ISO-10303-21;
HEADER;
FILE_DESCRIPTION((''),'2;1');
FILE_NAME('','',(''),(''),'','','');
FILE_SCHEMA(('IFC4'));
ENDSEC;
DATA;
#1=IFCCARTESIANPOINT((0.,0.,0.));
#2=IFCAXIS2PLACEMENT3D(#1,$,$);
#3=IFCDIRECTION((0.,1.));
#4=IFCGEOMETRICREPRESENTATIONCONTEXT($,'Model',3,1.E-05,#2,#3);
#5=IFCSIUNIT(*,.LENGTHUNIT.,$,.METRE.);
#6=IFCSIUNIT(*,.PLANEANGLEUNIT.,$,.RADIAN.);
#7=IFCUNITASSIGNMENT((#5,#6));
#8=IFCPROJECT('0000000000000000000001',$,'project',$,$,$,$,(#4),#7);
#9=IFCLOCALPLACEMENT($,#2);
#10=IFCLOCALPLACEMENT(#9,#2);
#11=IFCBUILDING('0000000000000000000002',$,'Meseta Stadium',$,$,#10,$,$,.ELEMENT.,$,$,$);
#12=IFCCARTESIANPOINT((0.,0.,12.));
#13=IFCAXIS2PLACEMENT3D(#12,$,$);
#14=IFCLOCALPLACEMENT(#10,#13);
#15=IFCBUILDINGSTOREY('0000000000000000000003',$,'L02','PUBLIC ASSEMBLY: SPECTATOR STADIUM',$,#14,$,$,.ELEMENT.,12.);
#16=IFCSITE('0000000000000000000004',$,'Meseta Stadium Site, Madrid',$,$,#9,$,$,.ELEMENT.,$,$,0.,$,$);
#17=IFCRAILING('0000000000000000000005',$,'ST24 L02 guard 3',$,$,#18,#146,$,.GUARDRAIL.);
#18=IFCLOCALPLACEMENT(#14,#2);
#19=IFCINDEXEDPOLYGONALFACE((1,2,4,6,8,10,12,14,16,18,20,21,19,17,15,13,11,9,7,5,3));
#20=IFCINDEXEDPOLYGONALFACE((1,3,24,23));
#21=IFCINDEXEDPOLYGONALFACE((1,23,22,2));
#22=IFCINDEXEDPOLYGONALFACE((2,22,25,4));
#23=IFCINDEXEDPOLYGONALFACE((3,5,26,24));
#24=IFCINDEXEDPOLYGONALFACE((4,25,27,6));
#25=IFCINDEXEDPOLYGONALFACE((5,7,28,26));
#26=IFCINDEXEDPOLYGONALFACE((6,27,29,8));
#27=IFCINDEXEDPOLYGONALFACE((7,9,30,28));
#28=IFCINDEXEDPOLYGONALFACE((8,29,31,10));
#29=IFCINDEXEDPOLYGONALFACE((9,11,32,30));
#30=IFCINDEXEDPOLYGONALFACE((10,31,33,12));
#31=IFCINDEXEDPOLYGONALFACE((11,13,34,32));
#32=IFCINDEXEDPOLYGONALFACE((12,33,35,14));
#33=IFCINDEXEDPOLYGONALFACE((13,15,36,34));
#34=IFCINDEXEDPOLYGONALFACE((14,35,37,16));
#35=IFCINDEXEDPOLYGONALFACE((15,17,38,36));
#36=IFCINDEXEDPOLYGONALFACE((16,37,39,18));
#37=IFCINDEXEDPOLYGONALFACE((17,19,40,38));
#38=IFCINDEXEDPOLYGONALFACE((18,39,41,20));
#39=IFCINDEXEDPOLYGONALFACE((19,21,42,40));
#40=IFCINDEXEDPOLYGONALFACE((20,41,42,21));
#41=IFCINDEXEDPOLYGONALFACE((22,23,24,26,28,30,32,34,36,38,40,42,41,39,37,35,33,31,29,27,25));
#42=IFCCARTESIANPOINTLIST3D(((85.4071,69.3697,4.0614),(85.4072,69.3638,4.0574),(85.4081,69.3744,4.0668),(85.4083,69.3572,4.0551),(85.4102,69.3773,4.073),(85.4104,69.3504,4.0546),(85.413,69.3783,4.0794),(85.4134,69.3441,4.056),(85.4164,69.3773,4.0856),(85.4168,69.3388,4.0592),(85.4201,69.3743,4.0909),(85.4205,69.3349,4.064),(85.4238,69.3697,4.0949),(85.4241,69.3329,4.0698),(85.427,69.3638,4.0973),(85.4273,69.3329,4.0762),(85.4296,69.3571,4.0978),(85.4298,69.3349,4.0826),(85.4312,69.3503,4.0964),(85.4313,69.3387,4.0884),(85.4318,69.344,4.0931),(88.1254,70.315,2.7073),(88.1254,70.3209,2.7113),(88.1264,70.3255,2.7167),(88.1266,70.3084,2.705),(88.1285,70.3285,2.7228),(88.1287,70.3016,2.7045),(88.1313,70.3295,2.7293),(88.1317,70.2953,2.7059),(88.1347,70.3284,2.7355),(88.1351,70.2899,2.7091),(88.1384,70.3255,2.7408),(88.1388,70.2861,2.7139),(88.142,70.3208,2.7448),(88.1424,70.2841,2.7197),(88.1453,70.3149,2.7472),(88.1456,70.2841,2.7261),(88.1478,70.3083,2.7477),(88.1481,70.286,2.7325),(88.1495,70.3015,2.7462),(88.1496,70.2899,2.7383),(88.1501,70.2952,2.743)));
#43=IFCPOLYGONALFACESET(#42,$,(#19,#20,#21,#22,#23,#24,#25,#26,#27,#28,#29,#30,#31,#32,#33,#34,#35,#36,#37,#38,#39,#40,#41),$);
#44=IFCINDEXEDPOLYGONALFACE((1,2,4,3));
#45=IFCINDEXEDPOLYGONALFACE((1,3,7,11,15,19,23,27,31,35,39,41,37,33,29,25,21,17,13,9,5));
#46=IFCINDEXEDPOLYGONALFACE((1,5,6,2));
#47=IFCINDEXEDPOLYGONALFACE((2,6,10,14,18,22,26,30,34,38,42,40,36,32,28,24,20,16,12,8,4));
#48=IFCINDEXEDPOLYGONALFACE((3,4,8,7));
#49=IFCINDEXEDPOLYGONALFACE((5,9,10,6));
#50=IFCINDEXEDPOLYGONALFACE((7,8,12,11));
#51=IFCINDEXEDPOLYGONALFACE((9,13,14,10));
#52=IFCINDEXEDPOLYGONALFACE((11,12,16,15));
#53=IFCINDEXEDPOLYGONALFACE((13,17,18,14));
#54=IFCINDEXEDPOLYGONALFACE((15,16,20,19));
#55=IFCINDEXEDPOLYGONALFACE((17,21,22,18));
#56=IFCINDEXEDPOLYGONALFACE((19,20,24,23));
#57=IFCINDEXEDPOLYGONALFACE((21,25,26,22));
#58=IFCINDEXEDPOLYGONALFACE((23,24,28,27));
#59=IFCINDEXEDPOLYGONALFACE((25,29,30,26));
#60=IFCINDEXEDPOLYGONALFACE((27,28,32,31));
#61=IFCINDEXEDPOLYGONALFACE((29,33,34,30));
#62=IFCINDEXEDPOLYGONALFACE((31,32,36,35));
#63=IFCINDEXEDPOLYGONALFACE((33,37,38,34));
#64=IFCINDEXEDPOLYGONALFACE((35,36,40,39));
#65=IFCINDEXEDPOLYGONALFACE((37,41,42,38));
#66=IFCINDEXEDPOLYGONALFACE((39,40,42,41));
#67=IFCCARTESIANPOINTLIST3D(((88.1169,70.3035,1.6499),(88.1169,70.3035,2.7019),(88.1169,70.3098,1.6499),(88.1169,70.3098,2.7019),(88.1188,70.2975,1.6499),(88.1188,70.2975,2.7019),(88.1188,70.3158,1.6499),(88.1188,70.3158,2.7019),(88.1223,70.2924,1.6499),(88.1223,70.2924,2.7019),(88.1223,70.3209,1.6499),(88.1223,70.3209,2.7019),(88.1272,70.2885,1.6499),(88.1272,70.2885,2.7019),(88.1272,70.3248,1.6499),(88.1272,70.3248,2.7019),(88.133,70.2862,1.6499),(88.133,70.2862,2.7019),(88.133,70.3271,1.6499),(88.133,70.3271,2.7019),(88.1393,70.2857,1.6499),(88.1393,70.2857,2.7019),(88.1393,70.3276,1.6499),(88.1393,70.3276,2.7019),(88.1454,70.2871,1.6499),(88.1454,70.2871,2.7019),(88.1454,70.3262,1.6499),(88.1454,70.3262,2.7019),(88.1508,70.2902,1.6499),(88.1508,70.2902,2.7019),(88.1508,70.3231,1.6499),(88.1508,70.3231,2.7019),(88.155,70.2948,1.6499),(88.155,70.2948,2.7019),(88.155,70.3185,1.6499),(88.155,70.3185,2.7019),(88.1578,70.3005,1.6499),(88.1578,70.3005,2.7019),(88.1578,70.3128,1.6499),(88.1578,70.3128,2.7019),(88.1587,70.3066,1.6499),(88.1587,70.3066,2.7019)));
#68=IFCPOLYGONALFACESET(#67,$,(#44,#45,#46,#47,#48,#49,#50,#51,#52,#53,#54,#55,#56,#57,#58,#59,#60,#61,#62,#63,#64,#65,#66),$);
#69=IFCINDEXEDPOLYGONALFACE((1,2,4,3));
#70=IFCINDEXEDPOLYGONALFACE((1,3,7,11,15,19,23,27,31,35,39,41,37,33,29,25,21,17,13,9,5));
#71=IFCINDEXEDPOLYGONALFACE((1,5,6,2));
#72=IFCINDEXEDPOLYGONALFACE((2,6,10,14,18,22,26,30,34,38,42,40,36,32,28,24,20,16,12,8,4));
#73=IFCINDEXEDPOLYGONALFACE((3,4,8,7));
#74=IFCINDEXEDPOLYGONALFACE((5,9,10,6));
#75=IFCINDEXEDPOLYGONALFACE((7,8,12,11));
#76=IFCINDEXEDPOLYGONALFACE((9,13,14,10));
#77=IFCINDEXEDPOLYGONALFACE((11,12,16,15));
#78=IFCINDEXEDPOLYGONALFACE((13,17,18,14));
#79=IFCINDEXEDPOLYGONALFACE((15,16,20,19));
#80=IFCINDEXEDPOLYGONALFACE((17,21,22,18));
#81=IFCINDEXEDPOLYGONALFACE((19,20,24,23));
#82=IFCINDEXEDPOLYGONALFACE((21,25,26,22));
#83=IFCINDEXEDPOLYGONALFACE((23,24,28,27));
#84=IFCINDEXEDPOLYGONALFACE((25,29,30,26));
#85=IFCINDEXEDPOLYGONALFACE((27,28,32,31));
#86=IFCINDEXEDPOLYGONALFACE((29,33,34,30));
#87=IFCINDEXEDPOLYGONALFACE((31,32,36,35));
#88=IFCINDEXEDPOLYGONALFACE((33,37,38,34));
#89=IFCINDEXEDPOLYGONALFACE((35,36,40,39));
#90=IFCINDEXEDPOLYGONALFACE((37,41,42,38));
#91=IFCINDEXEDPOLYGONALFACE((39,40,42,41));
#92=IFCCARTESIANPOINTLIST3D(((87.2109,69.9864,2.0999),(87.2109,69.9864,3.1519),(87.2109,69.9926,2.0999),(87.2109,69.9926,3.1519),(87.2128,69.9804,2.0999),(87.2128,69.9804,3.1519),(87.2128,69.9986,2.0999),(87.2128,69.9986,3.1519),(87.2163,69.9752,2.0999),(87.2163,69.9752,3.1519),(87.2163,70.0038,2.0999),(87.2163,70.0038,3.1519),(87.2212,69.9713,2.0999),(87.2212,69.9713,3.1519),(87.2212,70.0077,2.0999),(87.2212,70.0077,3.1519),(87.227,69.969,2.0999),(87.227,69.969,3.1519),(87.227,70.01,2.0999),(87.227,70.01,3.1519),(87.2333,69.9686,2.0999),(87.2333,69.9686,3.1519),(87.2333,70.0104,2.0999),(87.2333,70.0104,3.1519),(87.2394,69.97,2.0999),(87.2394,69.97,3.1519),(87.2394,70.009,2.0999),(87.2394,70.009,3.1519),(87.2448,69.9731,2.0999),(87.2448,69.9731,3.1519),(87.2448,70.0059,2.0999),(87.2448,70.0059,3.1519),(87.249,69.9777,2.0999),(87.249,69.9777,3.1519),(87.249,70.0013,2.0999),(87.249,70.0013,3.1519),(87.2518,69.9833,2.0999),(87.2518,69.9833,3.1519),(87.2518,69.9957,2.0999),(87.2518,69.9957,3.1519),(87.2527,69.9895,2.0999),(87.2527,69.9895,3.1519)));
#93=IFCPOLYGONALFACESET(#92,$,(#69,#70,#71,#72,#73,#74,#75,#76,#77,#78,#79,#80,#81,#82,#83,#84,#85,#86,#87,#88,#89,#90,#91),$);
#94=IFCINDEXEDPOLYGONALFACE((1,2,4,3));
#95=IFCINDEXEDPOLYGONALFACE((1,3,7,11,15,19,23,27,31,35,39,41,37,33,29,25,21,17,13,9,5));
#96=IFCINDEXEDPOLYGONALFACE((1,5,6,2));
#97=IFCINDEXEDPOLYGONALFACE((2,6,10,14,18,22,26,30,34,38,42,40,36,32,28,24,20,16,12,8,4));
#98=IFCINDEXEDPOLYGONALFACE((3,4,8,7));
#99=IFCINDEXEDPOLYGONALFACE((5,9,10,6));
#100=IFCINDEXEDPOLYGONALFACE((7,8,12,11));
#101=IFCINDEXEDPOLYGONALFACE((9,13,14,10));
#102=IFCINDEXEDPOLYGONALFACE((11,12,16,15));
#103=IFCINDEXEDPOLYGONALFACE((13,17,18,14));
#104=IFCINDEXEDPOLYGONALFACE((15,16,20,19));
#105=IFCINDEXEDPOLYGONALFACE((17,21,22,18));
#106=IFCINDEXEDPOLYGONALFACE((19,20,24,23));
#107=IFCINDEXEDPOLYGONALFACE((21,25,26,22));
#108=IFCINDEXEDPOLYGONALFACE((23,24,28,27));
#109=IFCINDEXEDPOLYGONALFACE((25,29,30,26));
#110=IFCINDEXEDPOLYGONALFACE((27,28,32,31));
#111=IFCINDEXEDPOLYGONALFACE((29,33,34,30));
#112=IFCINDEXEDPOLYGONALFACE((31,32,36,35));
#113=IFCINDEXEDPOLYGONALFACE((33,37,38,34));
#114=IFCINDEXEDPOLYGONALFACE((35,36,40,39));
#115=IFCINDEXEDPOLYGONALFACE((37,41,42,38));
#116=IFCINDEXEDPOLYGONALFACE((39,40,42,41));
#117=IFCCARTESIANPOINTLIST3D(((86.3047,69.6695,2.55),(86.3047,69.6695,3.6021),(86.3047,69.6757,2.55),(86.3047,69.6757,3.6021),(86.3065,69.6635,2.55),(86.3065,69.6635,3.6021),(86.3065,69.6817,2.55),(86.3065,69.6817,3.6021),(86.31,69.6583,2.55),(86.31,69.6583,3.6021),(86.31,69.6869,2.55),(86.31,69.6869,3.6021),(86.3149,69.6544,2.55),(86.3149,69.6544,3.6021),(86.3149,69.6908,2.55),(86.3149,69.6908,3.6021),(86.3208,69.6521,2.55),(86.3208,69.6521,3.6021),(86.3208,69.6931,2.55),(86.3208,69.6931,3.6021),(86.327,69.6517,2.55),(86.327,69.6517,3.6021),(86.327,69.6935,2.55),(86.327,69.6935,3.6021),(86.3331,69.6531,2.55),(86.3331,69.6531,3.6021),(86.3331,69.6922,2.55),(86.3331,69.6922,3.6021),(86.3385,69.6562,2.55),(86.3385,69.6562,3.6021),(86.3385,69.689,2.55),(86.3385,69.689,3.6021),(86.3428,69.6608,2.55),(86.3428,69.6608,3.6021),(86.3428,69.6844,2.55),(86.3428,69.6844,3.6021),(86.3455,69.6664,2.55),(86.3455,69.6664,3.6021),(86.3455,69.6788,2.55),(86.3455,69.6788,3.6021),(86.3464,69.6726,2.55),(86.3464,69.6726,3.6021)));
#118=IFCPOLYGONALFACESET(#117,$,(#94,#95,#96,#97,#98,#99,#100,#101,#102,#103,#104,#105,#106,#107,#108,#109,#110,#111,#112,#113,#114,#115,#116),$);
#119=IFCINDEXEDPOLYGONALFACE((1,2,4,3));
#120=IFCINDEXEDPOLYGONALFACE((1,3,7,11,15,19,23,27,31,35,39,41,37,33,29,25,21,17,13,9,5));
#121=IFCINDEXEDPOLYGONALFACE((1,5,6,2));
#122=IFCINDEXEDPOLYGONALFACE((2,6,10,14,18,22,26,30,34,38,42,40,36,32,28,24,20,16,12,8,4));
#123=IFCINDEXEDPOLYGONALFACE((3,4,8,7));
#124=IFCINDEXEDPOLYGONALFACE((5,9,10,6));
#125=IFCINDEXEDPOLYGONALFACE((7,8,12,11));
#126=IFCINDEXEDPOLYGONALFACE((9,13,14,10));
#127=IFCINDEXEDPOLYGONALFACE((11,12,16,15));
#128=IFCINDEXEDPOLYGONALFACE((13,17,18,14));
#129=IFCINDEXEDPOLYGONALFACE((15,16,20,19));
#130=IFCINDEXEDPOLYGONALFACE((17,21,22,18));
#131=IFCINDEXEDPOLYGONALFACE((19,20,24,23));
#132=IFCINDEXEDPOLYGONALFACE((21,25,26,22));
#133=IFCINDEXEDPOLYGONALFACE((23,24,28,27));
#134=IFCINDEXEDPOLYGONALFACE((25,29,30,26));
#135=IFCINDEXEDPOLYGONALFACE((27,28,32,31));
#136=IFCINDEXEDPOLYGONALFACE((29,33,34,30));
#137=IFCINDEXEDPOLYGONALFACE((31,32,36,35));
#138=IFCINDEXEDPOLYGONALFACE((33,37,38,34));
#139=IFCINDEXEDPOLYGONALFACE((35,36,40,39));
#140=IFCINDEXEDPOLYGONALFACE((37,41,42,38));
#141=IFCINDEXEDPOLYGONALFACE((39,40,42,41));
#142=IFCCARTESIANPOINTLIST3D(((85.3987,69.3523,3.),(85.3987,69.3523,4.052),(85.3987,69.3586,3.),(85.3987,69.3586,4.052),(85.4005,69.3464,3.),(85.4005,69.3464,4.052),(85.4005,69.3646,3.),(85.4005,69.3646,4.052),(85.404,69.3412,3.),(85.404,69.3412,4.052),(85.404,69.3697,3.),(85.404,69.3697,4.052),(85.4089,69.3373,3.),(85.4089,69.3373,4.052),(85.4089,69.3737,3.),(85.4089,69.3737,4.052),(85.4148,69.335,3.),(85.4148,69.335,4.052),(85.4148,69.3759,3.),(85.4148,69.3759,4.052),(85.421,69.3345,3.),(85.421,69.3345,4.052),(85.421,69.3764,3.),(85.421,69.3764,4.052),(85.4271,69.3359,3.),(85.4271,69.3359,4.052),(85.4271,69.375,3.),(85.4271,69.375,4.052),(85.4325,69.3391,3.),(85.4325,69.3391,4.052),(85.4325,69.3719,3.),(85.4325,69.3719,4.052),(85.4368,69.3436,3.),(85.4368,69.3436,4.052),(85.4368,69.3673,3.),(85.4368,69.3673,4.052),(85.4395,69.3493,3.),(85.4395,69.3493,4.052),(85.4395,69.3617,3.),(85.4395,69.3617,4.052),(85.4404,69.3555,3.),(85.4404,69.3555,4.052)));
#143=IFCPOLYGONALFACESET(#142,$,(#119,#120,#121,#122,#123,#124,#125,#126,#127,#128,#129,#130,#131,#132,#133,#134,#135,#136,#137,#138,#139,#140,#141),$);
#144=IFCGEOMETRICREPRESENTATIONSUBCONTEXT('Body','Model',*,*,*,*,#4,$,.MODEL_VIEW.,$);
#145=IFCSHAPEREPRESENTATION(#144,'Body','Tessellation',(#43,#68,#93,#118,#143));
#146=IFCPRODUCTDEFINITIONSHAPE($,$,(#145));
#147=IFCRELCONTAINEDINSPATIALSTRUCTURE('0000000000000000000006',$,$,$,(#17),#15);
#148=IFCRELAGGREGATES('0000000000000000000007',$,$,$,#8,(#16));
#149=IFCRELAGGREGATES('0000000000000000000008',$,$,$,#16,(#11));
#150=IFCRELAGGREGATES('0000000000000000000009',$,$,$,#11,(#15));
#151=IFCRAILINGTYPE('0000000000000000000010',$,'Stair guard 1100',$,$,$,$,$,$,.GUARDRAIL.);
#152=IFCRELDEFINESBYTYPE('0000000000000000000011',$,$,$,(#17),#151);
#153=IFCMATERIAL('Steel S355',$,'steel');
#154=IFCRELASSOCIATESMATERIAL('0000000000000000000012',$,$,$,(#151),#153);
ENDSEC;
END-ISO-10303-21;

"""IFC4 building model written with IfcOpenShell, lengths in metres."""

from ifc_helpers import new_model, si_unit, direction, frame, origin, origin_2d, place, context, subcontext, project, spatial, circle, extrude, material, type_object, element, save


model = new_model("IFC4")

# Units and contexts
model_context = context("Model", 3, precision=1e-05, world=origin(), true_north=direction((0.0, 1.0)))
body_context = subcontext(model_context, "Body", "Model", "MODEL_VIEW")
ifc_project = project(units=[si_unit("LENGTHUNIT", "METRE"), si_unit("PLANEANGLEUNIT", "RADIAN")], contexts=[model_context])

# Site, building, storey
site_placement = place(None, origin())
site = spatial("IfcSite", under=ifc_project, at=site_placement, Name="Meseta Stadium Site, Madrid", CompositionType="ELEMENT", RefElevation=0.0)
building_placement = place(site_placement, origin())
building = spatial("IfcBuilding", under=site, at=building_placement, Name="Meseta Stadium", CompositionType="ELEMENT")
storey_placement = place(building_placement, frame((0.0, 0.0, 12.0)))
storey = spatial("IfcBuildingStorey", under=building, at=storey_placement, Name="L02", Description="PUBLIC ASSEMBLY: SPECTATOR STADIUM", CompositionType="ELEMENT", Elevation=12.0)

# Railing
ifc_material_1 = material(Name="Steel S355", Category="steel")
railing_type_1 = type_object("IfcRailingType", Name="Stair guard 1100", PredefinedType="GUARDRAIL", material=ifc_material_1)
railing_1_placement = place(storey_placement, frame((88.1377, 70.3066, 1.6499)))
element("IfcRailing", 1, at=railing_1_placement, inside=storey, type_object=railing_type_1, Name="ST24 L02 guard 3", PredefinedType="GUARDRAIL", context=body_context, shape_type="SweptSolid", body=[
    extrude(circle(Radius=0.0239, at=origin_2d()), frame((0.0, 0.0, 1.0762), z_axis=(-0.854629, -0.299051, 0.424474), x_axis=(0.330282, -0.943882, 0.0)), (0.0, 0.0, 1.0), 3.1807),
    extrude(circle(Radius=0.021, at=origin_2d()), origin(), (0.0, 0.0, 1.0), 1.052),
    extrude(circle(Radius=0.021, at=origin_2d()), frame((-0.906, -0.3171, 0.45)), (0.0, 0.0, 1.0), 1.052),
    extrude(circle(Radius=0.021, at=origin_2d()), frame((-1.8123, -0.634, 0.9001)), (0.0, 0.0, 1.0), 1.052),
    extrude(circle(Radius=0.021, at=origin_2d()), frame((-2.7183, -0.9512, 1.3501)), (0.0, 0.0, 1.0), 1.052),
])

save(model, "model.ifc")
